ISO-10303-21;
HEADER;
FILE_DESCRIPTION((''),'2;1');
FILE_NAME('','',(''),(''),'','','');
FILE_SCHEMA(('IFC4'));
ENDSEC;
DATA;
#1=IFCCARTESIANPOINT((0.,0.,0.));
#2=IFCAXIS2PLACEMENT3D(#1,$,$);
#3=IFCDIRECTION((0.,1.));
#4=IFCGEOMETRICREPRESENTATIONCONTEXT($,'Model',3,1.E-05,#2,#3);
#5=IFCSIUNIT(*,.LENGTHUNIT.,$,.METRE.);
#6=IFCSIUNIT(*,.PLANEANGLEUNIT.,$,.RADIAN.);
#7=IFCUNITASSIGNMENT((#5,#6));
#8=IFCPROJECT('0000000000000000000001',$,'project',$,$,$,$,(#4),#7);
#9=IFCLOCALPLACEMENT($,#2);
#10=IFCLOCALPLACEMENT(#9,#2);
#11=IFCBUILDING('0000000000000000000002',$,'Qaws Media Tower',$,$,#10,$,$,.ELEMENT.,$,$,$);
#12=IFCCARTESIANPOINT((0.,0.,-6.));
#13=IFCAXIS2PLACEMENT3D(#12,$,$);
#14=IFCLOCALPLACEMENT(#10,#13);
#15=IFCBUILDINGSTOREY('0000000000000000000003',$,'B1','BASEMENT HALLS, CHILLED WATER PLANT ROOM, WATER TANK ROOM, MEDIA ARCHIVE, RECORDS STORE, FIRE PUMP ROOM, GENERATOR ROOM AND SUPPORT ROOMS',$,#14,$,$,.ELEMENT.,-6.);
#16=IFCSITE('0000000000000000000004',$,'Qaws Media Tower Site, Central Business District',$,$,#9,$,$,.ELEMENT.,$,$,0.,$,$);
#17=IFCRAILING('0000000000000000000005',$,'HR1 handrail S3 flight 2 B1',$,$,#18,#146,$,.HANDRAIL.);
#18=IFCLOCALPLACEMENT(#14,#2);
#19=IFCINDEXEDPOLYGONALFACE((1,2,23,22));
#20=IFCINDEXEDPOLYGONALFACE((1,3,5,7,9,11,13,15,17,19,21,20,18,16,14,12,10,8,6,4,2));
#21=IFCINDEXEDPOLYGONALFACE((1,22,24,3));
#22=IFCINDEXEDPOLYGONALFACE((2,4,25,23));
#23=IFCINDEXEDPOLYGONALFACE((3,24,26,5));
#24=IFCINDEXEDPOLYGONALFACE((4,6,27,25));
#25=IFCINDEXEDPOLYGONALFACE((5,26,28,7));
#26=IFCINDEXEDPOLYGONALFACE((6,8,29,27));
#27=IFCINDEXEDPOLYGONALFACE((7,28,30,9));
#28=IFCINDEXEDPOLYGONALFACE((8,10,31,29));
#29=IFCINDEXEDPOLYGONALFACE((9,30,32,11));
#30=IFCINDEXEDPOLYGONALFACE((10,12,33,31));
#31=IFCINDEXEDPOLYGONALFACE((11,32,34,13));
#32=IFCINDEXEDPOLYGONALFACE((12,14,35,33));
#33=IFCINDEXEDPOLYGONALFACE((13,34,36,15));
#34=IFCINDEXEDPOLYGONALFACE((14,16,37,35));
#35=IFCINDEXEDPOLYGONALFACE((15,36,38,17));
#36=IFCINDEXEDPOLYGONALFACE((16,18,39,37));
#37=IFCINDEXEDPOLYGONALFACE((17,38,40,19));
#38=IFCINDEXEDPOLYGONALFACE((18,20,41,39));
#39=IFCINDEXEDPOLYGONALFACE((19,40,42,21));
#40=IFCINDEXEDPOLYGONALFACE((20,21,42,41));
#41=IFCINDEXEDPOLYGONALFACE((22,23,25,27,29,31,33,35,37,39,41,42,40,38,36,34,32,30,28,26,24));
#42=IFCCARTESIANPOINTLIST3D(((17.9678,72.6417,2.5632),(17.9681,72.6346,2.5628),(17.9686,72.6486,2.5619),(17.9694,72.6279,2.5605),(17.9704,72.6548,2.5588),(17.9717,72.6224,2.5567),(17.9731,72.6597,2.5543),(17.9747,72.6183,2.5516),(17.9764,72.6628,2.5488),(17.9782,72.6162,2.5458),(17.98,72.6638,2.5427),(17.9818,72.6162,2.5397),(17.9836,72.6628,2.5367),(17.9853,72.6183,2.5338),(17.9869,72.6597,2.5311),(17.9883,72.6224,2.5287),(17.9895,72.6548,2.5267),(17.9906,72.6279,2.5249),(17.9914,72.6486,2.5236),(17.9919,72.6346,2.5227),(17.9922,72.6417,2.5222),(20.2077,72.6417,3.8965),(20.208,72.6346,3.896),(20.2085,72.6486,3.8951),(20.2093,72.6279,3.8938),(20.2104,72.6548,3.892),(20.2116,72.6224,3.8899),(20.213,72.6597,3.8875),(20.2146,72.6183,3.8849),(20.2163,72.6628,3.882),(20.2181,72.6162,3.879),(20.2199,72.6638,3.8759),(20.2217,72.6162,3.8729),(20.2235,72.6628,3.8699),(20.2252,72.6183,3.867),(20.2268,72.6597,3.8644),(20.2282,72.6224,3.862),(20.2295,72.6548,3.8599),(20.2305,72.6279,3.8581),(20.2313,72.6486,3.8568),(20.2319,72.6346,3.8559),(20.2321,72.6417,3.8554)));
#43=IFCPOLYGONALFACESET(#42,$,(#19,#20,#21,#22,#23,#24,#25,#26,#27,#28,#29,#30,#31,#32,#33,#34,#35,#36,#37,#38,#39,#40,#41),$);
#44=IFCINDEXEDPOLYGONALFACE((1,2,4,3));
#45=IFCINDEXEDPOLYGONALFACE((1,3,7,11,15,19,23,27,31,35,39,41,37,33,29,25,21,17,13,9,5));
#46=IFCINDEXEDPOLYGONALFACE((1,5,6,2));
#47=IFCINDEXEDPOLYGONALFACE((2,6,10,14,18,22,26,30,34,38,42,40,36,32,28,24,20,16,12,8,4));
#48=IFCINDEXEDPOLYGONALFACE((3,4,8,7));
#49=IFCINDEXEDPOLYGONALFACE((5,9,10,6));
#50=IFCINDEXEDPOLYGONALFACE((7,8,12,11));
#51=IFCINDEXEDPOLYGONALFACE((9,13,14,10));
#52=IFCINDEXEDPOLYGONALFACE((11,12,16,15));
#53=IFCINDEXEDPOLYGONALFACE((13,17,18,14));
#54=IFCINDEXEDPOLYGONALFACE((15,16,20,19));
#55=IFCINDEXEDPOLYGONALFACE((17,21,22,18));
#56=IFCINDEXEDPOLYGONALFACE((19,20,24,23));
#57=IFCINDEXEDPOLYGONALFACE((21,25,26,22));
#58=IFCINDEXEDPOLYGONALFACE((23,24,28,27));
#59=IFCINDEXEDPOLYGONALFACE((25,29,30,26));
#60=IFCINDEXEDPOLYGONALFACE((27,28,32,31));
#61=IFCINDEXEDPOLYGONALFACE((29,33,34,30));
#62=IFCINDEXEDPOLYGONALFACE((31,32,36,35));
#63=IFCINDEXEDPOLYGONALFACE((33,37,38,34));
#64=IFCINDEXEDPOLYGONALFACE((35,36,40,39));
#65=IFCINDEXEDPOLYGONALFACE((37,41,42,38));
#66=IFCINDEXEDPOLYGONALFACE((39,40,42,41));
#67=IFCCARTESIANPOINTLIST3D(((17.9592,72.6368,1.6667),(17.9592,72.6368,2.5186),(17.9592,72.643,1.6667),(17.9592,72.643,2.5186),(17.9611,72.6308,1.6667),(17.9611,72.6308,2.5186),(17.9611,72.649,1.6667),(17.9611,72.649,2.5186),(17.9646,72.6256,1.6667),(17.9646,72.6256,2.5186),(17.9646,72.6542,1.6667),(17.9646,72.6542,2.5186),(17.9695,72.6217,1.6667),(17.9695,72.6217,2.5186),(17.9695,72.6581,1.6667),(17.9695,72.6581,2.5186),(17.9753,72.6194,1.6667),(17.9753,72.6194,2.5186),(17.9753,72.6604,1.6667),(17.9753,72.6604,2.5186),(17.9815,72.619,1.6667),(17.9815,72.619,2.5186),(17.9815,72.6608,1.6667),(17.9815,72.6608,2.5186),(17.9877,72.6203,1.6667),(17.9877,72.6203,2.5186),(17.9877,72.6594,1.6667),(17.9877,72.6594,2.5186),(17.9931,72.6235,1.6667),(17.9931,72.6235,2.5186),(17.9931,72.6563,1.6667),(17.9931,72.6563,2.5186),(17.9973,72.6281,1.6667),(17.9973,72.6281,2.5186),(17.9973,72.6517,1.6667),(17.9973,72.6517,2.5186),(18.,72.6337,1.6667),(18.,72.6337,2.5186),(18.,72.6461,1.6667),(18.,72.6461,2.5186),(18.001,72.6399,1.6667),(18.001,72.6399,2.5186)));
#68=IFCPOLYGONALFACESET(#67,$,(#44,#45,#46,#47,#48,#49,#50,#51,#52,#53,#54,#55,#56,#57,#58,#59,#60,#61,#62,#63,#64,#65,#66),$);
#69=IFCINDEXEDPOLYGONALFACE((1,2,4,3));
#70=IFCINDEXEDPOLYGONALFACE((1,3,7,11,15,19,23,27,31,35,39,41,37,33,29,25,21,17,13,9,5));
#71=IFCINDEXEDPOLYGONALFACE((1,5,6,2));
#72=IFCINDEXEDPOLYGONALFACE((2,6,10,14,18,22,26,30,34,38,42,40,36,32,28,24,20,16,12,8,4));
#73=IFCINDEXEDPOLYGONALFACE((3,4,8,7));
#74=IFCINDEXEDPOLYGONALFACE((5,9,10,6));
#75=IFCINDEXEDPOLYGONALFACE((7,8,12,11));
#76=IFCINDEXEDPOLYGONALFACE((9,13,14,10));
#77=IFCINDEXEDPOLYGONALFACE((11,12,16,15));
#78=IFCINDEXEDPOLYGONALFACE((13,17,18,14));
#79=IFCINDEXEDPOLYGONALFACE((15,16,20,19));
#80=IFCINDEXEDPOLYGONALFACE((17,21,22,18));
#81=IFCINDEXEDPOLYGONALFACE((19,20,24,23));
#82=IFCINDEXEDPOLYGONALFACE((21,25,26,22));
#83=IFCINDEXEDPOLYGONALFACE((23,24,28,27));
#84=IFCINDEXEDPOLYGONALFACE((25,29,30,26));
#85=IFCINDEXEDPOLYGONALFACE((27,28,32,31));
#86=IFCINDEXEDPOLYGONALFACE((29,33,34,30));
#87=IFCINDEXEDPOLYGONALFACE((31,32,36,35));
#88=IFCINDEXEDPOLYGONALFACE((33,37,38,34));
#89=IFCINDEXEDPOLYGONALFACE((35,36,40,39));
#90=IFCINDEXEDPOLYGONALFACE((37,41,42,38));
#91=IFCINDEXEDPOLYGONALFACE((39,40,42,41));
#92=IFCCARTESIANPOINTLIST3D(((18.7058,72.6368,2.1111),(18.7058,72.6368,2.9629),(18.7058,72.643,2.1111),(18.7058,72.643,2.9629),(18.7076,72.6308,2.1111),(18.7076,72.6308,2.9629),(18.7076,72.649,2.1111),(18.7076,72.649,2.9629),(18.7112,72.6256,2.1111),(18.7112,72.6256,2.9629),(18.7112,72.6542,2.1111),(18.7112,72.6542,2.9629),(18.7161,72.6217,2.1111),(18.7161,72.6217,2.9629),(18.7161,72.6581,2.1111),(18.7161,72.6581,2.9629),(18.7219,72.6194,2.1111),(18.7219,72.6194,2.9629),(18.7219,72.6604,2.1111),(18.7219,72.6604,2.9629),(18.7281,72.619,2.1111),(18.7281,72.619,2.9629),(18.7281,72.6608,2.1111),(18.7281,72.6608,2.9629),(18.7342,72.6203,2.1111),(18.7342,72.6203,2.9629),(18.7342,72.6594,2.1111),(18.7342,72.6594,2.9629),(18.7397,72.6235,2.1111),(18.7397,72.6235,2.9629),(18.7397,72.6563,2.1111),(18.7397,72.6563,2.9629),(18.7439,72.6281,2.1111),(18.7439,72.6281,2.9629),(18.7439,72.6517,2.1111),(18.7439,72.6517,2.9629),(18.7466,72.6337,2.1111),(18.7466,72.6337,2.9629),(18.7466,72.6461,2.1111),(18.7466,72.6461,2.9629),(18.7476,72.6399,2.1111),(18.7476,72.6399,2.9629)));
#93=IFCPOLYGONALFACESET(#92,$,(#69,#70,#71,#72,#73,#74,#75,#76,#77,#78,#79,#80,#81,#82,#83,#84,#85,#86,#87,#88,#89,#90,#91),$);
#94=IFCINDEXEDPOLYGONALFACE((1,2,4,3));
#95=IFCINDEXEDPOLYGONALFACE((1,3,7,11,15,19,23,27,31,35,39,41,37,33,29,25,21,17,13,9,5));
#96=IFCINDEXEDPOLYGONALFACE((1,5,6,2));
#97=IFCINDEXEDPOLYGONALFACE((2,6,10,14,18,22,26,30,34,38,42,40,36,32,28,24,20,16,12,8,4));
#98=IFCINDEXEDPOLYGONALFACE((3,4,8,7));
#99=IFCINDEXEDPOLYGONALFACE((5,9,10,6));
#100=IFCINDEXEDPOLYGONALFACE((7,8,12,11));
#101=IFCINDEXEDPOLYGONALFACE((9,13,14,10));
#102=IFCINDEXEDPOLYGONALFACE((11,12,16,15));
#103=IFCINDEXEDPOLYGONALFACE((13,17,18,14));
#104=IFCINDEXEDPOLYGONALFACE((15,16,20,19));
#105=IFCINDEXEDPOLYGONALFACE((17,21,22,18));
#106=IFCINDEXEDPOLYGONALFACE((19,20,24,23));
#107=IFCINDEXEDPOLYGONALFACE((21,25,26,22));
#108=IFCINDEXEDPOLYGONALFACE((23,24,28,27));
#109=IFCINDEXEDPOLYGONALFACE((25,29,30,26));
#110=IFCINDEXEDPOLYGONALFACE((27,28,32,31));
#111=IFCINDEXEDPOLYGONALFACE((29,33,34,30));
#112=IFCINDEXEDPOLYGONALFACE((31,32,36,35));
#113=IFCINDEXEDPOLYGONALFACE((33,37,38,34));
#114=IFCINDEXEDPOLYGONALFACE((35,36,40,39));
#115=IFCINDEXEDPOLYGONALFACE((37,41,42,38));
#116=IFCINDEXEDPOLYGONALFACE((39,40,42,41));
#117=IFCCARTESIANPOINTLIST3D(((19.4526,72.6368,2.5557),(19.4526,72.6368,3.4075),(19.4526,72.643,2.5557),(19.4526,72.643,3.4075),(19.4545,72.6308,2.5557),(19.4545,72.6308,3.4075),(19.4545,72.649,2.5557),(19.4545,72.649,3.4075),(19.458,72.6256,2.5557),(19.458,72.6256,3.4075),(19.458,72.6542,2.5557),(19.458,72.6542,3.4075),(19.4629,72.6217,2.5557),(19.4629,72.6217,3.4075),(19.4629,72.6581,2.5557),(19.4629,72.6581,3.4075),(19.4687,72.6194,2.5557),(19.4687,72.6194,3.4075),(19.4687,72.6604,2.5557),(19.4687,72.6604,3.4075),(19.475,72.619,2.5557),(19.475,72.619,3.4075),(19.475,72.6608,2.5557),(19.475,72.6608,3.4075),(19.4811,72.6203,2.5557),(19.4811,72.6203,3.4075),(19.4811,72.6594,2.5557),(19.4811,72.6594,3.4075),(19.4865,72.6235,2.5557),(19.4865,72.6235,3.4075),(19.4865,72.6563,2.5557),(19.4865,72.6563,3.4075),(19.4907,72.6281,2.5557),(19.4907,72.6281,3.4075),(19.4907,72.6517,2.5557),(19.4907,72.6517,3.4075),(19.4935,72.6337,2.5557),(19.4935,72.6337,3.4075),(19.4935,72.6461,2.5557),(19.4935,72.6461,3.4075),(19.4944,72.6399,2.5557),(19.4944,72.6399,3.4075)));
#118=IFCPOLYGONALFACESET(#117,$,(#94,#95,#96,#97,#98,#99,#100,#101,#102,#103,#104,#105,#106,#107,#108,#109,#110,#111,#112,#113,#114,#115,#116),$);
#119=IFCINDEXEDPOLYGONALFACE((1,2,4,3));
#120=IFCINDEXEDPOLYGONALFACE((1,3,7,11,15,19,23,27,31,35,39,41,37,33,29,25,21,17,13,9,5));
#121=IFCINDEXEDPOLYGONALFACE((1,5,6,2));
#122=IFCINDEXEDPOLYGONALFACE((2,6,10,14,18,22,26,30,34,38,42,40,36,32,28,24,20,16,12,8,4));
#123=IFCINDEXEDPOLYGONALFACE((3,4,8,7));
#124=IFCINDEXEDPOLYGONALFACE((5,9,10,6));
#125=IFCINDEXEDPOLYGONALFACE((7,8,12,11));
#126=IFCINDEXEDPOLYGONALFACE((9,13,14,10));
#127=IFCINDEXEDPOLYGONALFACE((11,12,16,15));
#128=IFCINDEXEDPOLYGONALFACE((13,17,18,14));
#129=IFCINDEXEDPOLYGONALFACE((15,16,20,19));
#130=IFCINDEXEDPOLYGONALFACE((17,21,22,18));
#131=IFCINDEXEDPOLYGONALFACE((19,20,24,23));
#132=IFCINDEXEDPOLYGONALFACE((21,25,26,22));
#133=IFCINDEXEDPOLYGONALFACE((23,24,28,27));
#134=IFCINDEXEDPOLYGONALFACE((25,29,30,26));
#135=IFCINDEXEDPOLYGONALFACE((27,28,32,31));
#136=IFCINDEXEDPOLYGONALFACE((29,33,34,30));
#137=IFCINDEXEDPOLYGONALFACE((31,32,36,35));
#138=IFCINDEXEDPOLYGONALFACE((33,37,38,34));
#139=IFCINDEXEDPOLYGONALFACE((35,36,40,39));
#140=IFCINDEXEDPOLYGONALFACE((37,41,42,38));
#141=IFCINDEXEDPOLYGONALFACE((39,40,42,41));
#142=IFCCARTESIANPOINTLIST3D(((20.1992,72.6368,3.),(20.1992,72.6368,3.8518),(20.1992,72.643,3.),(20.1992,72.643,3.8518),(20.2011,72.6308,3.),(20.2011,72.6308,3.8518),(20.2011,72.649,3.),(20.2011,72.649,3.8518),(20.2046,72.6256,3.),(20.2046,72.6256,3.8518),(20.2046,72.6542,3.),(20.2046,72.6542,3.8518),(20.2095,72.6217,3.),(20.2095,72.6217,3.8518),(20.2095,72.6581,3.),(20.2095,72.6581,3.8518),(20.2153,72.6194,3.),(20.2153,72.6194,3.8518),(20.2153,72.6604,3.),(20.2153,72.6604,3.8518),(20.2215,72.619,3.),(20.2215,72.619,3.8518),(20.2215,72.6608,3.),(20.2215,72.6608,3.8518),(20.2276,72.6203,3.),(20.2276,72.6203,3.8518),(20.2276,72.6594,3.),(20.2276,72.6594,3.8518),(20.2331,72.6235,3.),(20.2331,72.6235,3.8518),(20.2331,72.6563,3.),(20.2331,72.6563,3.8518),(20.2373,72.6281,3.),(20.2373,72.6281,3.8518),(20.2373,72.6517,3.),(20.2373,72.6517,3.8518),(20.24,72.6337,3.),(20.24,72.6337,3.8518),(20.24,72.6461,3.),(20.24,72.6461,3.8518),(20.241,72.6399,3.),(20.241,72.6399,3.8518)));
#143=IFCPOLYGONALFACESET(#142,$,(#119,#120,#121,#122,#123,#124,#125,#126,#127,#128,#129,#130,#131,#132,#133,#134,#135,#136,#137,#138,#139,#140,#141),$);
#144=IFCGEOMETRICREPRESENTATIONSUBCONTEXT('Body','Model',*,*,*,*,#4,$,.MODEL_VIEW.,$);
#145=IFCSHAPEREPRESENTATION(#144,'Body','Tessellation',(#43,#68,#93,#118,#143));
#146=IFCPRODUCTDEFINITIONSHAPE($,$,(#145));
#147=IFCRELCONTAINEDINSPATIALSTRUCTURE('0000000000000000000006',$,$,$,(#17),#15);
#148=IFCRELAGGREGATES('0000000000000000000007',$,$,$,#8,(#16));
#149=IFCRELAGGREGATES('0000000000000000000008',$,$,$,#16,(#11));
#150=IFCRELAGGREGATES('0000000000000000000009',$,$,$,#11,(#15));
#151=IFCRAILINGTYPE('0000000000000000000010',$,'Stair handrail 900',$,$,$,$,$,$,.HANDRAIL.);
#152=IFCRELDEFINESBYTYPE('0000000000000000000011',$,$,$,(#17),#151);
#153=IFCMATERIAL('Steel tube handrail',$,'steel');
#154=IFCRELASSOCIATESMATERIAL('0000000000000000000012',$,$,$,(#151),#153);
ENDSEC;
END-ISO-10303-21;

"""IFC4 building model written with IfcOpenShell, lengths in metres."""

from ifc_helpers import new_model, si_unit, direction, frame, origin, origin_2d, place, context, subcontext, project, spatial, circle, extrude, material, type_object, element, save


model = new_model("IFC4")

# Units and contexts
model_context = context("Model", 3, precision=1e-05, world=origin(), true_north=direction((0.0, 1.0)))
body_context = subcontext(model_context, "Body", "Model", "MODEL_VIEW")
ifc_project = project(units=[si_unit("LENGTHUNIT", "METRE"), si_unit("PLANEANGLEUNIT", "RADIAN")], contexts=[model_context])

# Site, building, storey
site_placement = place(None, origin())
site = spatial("IfcSite", under=ifc_project, at=site_placement, Name="Qaws Media Tower Site, Central Business District", CompositionType="ELEMENT", RefElevation=0.0)
building_placement = place(site_placement, origin())
building = spatial("IfcBuilding", under=site, at=building_placement, Name="Qaws Media Tower", CompositionType="ELEMENT")
storey_placement = place(building_placement, frame((0.0, 0.0, -6.0)))
storey = spatial("IfcBuildingStorey", under=building, at=storey_placement, Name="B1", Description="BASEMENT HALLS, CHILLED WATER PLANT ROOM, WATER TANK ROOM, MEDIA ARCHIVE, RECORDS STORE, FIRE PUMP ROOM, GENERATOR ROOM AND SUPPORT ROOMS", CompositionType="ELEMENT", Elevation=-6.0)

# Railing
ifc_material_1 = material(Name="Steel tube handrail", Category="steel")
railing_type = type_object("IfcRailingType", Name="Stair handrail 900", PredefinedType="HANDRAIL", material=ifc_material_1)
for number, where, name in (
    (1, (17.98, 72.6399, 1.6667), "HR1 handrail S3 flight 2 B1"),
):
    element("IfcRailing", number, at=place(storey_placement, frame(where)), inside=storey, type_object=railing_type, Name=name, PredefinedType="HANDRAIL", context=body_context, shape_type="SweptSolid", body=[
        extrude(circle(Radius=0.0239, at=origin_2d()), frame((0.0, 0.0, 0.876), z_axis=(0.859306, 0.0, 0.511462), x_axis=(0.0, 1.0, 0.0)), (0.0, 0.0, 1.0), 2.6067),
        extrude(circle(Radius=0.021, at=origin_2d()), origin(), (0.0, 0.0, 1.0), 0.8518),
        extrude(circle(Radius=0.021, at=origin_2d()), frame((0.7466, 0.0, 0.4443)), (0.0, 0.0, 1.0), 0.8518),
        extrude(circle(Radius=0.021, at=origin_2d()), frame((1.4934, 0.0, 0.8889)), (0.0, 0.0, 1.0), 0.8518),
        extrude(circle(Radius=0.021, at=origin_2d()), frame((2.24, 0.0, 1.3333)), (0.0, 0.0, 1.0), 0.8518),
    ])

save(model, "model.ifc")
